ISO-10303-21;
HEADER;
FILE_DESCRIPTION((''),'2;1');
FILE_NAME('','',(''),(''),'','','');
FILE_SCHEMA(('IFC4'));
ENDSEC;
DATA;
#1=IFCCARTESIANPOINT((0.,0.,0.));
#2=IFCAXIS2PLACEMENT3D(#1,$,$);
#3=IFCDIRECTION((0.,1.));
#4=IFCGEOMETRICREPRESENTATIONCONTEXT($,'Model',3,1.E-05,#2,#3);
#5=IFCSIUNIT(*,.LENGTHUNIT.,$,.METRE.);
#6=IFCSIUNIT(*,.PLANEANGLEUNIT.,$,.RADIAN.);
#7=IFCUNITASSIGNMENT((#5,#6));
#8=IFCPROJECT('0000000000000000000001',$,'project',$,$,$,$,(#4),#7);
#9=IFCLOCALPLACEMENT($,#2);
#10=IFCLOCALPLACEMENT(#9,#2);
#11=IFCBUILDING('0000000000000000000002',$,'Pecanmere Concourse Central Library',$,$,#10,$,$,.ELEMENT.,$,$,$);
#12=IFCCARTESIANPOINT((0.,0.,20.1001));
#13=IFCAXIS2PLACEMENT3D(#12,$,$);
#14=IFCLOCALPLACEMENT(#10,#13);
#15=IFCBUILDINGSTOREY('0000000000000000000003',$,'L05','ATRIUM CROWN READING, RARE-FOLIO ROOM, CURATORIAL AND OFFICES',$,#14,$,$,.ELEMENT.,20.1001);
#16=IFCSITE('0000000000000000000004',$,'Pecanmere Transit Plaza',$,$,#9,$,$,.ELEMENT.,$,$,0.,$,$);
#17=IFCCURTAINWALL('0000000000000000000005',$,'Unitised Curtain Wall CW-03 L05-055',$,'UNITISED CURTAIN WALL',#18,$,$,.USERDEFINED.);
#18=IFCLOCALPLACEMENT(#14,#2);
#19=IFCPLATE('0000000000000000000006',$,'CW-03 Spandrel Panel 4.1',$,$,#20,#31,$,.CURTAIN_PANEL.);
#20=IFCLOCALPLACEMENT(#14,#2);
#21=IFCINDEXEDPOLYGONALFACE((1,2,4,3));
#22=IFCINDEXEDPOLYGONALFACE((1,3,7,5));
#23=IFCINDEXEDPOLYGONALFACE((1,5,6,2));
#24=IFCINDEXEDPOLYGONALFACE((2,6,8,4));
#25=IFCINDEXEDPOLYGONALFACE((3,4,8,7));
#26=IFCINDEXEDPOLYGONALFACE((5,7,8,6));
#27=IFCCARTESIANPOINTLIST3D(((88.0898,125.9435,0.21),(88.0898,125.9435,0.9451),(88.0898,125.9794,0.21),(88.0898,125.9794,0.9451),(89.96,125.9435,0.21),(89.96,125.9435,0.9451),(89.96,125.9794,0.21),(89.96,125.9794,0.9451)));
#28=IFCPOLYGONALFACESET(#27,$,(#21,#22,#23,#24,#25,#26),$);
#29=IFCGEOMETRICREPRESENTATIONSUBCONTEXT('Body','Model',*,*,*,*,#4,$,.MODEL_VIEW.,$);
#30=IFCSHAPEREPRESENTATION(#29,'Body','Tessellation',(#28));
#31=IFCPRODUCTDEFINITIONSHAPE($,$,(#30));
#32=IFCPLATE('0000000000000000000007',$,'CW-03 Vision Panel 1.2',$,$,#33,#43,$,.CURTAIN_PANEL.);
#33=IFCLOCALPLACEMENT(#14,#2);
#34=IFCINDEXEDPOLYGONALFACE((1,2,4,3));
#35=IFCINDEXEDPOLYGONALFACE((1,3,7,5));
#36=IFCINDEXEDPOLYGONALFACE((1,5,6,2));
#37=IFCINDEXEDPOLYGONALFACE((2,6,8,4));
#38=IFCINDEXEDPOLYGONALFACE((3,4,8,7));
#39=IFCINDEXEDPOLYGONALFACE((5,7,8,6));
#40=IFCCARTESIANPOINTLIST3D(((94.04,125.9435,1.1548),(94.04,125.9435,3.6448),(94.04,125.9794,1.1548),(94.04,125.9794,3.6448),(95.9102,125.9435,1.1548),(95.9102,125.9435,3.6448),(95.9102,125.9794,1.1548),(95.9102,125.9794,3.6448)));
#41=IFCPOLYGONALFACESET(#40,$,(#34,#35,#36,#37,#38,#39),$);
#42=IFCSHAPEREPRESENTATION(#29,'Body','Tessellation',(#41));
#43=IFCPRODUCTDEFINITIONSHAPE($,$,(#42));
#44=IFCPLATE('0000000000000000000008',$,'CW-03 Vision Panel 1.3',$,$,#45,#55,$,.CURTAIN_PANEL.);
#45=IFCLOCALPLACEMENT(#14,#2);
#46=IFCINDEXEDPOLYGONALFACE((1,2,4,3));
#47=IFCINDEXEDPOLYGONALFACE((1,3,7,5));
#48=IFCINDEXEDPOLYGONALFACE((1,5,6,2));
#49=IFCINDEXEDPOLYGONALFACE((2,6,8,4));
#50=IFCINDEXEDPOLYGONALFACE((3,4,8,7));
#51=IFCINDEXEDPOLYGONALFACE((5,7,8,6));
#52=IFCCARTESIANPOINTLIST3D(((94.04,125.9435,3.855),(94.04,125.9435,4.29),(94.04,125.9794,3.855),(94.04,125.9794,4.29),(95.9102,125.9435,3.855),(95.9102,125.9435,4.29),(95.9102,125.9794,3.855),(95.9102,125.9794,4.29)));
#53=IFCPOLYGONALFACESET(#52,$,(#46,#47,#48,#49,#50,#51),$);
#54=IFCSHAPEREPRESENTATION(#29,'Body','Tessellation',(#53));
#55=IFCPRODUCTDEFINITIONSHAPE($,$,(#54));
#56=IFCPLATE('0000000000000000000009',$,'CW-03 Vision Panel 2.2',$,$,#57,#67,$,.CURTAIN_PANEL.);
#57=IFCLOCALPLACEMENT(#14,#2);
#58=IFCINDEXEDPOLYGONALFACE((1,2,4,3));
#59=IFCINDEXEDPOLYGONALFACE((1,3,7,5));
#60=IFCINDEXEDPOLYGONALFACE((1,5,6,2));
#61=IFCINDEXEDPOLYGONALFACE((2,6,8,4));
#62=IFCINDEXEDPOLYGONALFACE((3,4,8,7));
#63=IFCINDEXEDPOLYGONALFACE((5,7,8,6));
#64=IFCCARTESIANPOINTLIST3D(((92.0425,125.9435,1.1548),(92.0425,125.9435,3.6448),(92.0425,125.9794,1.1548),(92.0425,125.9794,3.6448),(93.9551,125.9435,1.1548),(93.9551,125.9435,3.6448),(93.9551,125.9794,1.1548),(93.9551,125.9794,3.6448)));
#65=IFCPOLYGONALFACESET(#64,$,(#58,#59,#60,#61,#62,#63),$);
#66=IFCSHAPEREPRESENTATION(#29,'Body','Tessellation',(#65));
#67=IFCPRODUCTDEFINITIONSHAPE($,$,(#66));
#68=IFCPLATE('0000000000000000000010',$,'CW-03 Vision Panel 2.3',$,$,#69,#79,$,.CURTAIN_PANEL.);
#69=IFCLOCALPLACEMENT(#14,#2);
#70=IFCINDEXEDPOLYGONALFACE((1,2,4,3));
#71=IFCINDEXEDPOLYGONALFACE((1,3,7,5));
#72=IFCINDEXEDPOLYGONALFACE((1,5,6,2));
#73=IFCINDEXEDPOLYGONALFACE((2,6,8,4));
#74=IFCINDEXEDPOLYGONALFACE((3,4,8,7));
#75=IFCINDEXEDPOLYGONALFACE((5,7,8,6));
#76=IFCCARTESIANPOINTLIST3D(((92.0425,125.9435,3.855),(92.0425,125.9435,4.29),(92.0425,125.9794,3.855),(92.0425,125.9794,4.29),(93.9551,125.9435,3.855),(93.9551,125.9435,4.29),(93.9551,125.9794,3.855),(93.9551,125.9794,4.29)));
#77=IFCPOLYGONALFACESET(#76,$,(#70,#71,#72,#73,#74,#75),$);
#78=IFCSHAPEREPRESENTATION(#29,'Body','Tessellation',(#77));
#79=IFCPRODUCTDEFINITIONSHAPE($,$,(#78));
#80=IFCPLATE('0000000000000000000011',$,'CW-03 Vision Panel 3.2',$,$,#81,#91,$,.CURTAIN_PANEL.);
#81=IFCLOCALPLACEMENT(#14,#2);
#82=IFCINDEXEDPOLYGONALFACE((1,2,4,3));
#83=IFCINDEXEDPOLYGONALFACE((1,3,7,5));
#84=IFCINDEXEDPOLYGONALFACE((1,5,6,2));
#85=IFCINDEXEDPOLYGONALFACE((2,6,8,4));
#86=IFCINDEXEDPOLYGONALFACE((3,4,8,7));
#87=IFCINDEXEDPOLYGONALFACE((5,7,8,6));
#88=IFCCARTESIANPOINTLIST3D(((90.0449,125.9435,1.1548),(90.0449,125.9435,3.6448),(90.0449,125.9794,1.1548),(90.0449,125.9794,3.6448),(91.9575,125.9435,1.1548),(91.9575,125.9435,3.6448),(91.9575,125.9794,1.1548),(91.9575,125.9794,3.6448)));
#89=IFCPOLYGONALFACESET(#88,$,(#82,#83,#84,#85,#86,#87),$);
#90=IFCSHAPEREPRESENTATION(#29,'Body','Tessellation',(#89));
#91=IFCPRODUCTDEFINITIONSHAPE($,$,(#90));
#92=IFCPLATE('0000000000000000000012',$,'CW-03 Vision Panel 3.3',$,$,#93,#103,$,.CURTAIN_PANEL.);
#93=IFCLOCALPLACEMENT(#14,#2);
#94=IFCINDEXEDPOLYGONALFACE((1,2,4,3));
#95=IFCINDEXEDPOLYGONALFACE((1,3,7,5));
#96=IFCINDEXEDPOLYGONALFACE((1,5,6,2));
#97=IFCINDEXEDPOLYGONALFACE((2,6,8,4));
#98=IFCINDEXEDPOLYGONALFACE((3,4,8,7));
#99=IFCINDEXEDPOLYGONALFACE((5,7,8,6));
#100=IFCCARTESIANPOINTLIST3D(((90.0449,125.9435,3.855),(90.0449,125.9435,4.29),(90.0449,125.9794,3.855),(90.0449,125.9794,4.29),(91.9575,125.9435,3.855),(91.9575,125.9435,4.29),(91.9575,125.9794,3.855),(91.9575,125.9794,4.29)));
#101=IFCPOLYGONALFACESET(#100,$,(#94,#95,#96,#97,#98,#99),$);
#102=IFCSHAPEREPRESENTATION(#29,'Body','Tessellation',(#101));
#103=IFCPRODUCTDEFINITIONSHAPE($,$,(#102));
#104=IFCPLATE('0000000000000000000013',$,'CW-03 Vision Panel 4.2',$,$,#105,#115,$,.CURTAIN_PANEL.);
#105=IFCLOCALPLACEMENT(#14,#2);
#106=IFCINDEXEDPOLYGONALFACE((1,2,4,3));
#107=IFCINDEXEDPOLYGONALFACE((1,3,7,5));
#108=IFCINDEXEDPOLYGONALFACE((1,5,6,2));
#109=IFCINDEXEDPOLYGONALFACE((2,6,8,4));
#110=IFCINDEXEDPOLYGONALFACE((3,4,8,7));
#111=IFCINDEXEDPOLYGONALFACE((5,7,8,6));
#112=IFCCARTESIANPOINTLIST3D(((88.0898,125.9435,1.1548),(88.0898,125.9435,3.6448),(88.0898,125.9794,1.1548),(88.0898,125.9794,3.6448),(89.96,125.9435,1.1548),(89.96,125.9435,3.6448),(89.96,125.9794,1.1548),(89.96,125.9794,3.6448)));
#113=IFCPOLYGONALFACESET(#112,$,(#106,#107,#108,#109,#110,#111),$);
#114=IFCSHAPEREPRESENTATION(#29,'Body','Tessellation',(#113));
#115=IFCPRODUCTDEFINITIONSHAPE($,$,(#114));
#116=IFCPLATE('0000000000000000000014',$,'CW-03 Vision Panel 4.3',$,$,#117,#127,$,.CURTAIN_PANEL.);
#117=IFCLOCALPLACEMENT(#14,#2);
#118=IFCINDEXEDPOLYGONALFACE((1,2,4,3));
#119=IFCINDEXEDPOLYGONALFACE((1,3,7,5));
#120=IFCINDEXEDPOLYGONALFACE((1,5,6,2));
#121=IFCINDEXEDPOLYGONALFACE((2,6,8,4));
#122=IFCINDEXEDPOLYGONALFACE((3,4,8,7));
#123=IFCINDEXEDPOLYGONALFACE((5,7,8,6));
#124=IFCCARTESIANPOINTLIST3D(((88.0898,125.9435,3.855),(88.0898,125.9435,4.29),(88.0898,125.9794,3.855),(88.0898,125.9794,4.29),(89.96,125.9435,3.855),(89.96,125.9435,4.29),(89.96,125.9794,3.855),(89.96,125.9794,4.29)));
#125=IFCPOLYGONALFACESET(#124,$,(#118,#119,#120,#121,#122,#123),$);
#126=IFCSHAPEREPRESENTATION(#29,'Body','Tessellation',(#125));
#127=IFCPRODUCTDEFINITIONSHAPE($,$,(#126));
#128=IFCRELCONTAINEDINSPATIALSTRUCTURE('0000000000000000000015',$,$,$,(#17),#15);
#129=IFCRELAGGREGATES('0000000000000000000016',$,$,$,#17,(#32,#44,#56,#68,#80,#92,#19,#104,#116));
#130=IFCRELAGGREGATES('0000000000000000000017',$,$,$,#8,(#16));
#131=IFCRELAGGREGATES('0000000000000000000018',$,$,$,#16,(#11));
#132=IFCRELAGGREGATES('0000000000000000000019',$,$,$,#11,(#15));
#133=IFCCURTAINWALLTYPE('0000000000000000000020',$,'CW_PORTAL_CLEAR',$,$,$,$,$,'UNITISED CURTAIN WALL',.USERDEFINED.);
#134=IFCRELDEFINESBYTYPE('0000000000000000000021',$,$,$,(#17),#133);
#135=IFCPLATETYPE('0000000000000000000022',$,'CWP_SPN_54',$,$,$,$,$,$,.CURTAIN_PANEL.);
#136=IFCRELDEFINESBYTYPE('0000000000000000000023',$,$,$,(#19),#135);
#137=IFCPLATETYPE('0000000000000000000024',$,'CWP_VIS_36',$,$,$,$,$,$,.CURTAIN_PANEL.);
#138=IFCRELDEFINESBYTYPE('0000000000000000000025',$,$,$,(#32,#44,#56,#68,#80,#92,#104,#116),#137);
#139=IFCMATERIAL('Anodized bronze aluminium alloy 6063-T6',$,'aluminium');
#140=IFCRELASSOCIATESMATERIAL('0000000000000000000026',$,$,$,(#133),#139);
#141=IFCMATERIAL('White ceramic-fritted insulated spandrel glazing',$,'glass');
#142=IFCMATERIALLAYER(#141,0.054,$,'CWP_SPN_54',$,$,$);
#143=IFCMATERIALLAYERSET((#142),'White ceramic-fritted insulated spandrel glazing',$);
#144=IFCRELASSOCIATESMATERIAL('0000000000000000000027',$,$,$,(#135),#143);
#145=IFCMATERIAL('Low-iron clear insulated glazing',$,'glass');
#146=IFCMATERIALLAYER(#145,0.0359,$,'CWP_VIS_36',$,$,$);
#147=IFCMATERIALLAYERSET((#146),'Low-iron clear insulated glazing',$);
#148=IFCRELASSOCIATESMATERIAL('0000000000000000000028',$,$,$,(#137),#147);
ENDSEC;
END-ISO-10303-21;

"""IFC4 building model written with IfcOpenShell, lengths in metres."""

from ifc_helpers import new_model, si_unit, direction, frame, origin, origin_2d, place, context, subcontext, project, spatial, rectangle, extrude, material, layer, layer_set, type_object, element, aggregate, save


model = new_model("IFC4")

# Units and contexts
model_context = context("Model", 3, precision=1e-05, world=origin(), true_north=direction((0.0, 1.0)))
body_context = subcontext(model_context, "Body", "Model", "MODEL_VIEW")
ifc_project = project(units=[si_unit("LENGTHUNIT", "METRE"), si_unit("PLANEANGLEUNIT", "RADIAN")], contexts=[model_context])

# Site, building, storey
site_placement = place(None, origin())
site = spatial("IfcSite", under=ifc_project, at=site_placement, Name="Pecanmere Transit Plaza", CompositionType="ELEMENT", RefElevation=0.0)
building_placement = place(site_placement, origin())
building = spatial("IfcBuilding", under=site, at=building_placement, Name="Pecanmere Concourse Central Library", CompositionType="ELEMENT")
storey_placement = place(building_placement, frame((0.0, 0.0, 20.1001)))
storey = spatial("IfcBuildingStorey", under=building, at=storey_placement, Name="L05", Description="ATRIUM CROWN READING, RARE-FOLIO ROOM, CURATORIAL AND OFFICES", CompositionType="ELEMENT", Elevation=20.1001)

# Curtain wall
ifc_material_1 = material(Name="Anodized bronze aluminium alloy 6063-T6", Category="aluminium")
curtain_wall_type = type_object("IfcCurtainWallType", Name="CW_PORTAL_CLEAR", ElementType="UNITISED CURTAIN WALL", PredefinedType="USERDEFINED", material=ifc_material_1)
curtain_wall_1_placement = place(storey_placement, origin())
curtain_wall_1 = element("IfcCurtainWall", 1, at=curtain_wall_1_placement, inside=storey, type_object=curtain_wall_type, Name="Unitised Curtain Wall CW-03 L05-055", ObjectType="UNITISED CURTAIN WALL", PredefinedType="USERDEFINED")

# Plates
ifc_material_2 = material(Name="White ceramic-fritted insulated spandrel glazing", Category="glass")
ifc_layer_1 = layer(ifc_material_2, 0.054, Name="CWP_SPN_54")
ifc_layer_set_1 = layer_set([ifc_layer_1], Name="White ceramic-fritted insulated spandrel glazing")
plate_type_1 = type_object("IfcPlateType", Name="CWP_SPN_54", PredefinedType="CURTAIN_PANEL", material=ifc_layer_set_1)
plate_1_placement = place(storey_placement, frame((89.0249, 125.9614, 0.21), z_axis=(0.0, 0.0, 1.0), x_axis=(-1.0, 0.0, 0.0)))
plate_1 = element("IfcPlate", 2, at=plate_1_placement, type_object=plate_type_1, Name="CW-03 Spandrel Panel 4.1", PredefinedType="CURTAIN_PANEL", context=body_context, shape_type="SweptSolid", body=[
    extrude(rectangle(XDim=1.8701, YDim=0.0359, at=origin_2d()), origin(), (0.0, 0.0, 1.0), 0.7351),
])
ifc_material_3 = material(Name="Low-iron clear insulated glazing", Category="glass")
ifc_layer_2 = layer(ifc_material_3, 0.0359, Name="CWP_VIS_36")
ifc_layer_set_2 = layer_set([ifc_layer_2], Name="Low-iron clear insulated glazing")
plate_type_2 = type_object("IfcPlateType", Name="CWP_VIS_36", PredefinedType="CURTAIN_PANEL", material=ifc_layer_set_2)
plate_2_placement = place(storey_placement, frame((94.9751, 125.9614, 1.1548), z_axis=(0.0, 0.0, 1.0), x_axis=(-1.0, 0.0, 0.0)))
plate_2 = element("IfcPlate", 3, at=plate_2_placement, type_object=plate_type_2, Name="CW-03 Vision Panel 1.2", PredefinedType="CURTAIN_PANEL", context=body_context, shape_type="SweptSolid", body=[
    extrude(rectangle(XDim=1.8701, YDim=0.0359, at=origin_2d()), origin(), (0.0, 0.0, 1.0), 2.49),
])
plate_3_placement = place(storey_placement, frame((94.9751, 125.9614, 3.855), z_axis=(0.0, 0.0, 1.0), x_axis=(-1.0, 0.0, 0.0)))
plate_3 = element("IfcPlate", 4, at=plate_3_placement, type_object=plate_type_2, Name="CW-03 Vision Panel 1.3", PredefinedType="CURTAIN_PANEL", context=body_context, shape_type="SweptSolid", body=[
    extrude(rectangle(XDim=1.8701, YDim=0.0359, at=origin_2d()), origin(), (0.0, 0.0, 1.0), 0.4351),
])
plate_4_placement = place(storey_placement, frame((92.9988, 125.9614, 1.1548), z_axis=(0.0, 0.0, 1.0), x_axis=(-1.0, 0.0, 0.0)))
plate_4 = element("IfcPlate", 5, at=plate_4_placement, type_object=plate_type_2, Name="CW-03 Vision Panel 2.2", PredefinedType="CURTAIN_PANEL", context=body_context, shape_type="SweptSolid", body=[
    extrude(rectangle(XDim=1.9126, YDim=0.0359, at=origin_2d()), origin(), (0.0, 0.0, 1.0), 2.49),
])
plate_5_placement = place(storey_placement, frame((92.9988, 125.9614, 3.855), z_axis=(0.0, 0.0, 1.0), x_axis=(-1.0, 0.0, 0.0)))
plate_5 = element("IfcPlate", 6, at=plate_5_placement, type_object=plate_type_2, Name="CW-03 Vision Panel 2.3", PredefinedType="CURTAIN_PANEL", context=body_context, shape_type="SweptSolid", body=[
    extrude(rectangle(XDim=1.9126, YDim=0.0359, at=origin_2d()), origin(), (0.0, 0.0, 1.0), 0.4351),
])
plate_6_placement = place(storey_placement, frame((91.0012, 125.9614, 1.1548), z_axis=(0.0, 0.0, 1.0), x_axis=(-1.0, 0.0, 0.0)))
plate_6 = element("IfcPlate", 7, at=plate_6_placement, type_object=plate_type_2, Name="CW-03 Vision Panel 3.2", PredefinedType="CURTAIN_PANEL", context=body_context, shape_type="SweptSolid", body=[
    extrude(rectangle(XDim=1.9126, YDim=0.0359, at=origin_2d()), origin(), (0.0, 0.0, 1.0), 2.49),
])
plate_7_placement = place(storey_placement, frame((91.0012, 125.9614, 3.855), z_axis=(0.0, 0.0, 1.0), x_axis=(-1.0, 0.0, 0.0)))
plate_7 = element("IfcPlate", 8, at=plate_7_placement, type_object=plate_type_2, Name="CW-03 Vision Panel 3.3", PredefinedType="CURTAIN_PANEL", context=body_context, shape_type="SweptSolid", body=[
    extrude(rectangle(XDim=1.9126, YDim=0.0359, at=origin_2d()), origin(), (0.0, 0.0, 1.0), 0.4351),
])
plate_8_placement = place(storey_placement, frame((89.0249, 125.9614, 1.1548), z_axis=(0.0, 0.0, 1.0), x_axis=(-1.0, 0.0, 0.0)))
plate_8 = element("IfcPlate", 9, at=plate_8_placement, type_object=plate_type_2, Name="CW-03 Vision Panel 4.2", PredefinedType="CURTAIN_PANEL", context=body_context, shape_type="SweptSolid", body=[
    extrude(rectangle(XDim=1.8701, YDim=0.0359, at=origin_2d()), origin(), (0.0, 0.0, 1.0), 2.49),
])
plate_9_placement = place(storey_placement, frame((89.0249, 125.9614, 3.855), z_axis=(0.0, 0.0, 1.0), x_axis=(-1.0, 0.0, 0.0)))
plate_9 = element("IfcPlate", 10, at=plate_9_placement, type_object=plate_type_2, Name="CW-03 Vision Panel 4.3", PredefinedType="CURTAIN_PANEL", context=body_context, shape_type="SweptSolid", body=[
    extrude(rectangle(XDim=1.8701, YDim=0.0359, at=origin_2d()), origin(), (0.0, 0.0, 1.0), 0.4351),
])
aggregate(curtain_wall_1, [plate_2, plate_3, plate_4, plate_5, plate_6, plate_7, plate_1, plate_8, plate_9])

save(model, "model.ifc")
